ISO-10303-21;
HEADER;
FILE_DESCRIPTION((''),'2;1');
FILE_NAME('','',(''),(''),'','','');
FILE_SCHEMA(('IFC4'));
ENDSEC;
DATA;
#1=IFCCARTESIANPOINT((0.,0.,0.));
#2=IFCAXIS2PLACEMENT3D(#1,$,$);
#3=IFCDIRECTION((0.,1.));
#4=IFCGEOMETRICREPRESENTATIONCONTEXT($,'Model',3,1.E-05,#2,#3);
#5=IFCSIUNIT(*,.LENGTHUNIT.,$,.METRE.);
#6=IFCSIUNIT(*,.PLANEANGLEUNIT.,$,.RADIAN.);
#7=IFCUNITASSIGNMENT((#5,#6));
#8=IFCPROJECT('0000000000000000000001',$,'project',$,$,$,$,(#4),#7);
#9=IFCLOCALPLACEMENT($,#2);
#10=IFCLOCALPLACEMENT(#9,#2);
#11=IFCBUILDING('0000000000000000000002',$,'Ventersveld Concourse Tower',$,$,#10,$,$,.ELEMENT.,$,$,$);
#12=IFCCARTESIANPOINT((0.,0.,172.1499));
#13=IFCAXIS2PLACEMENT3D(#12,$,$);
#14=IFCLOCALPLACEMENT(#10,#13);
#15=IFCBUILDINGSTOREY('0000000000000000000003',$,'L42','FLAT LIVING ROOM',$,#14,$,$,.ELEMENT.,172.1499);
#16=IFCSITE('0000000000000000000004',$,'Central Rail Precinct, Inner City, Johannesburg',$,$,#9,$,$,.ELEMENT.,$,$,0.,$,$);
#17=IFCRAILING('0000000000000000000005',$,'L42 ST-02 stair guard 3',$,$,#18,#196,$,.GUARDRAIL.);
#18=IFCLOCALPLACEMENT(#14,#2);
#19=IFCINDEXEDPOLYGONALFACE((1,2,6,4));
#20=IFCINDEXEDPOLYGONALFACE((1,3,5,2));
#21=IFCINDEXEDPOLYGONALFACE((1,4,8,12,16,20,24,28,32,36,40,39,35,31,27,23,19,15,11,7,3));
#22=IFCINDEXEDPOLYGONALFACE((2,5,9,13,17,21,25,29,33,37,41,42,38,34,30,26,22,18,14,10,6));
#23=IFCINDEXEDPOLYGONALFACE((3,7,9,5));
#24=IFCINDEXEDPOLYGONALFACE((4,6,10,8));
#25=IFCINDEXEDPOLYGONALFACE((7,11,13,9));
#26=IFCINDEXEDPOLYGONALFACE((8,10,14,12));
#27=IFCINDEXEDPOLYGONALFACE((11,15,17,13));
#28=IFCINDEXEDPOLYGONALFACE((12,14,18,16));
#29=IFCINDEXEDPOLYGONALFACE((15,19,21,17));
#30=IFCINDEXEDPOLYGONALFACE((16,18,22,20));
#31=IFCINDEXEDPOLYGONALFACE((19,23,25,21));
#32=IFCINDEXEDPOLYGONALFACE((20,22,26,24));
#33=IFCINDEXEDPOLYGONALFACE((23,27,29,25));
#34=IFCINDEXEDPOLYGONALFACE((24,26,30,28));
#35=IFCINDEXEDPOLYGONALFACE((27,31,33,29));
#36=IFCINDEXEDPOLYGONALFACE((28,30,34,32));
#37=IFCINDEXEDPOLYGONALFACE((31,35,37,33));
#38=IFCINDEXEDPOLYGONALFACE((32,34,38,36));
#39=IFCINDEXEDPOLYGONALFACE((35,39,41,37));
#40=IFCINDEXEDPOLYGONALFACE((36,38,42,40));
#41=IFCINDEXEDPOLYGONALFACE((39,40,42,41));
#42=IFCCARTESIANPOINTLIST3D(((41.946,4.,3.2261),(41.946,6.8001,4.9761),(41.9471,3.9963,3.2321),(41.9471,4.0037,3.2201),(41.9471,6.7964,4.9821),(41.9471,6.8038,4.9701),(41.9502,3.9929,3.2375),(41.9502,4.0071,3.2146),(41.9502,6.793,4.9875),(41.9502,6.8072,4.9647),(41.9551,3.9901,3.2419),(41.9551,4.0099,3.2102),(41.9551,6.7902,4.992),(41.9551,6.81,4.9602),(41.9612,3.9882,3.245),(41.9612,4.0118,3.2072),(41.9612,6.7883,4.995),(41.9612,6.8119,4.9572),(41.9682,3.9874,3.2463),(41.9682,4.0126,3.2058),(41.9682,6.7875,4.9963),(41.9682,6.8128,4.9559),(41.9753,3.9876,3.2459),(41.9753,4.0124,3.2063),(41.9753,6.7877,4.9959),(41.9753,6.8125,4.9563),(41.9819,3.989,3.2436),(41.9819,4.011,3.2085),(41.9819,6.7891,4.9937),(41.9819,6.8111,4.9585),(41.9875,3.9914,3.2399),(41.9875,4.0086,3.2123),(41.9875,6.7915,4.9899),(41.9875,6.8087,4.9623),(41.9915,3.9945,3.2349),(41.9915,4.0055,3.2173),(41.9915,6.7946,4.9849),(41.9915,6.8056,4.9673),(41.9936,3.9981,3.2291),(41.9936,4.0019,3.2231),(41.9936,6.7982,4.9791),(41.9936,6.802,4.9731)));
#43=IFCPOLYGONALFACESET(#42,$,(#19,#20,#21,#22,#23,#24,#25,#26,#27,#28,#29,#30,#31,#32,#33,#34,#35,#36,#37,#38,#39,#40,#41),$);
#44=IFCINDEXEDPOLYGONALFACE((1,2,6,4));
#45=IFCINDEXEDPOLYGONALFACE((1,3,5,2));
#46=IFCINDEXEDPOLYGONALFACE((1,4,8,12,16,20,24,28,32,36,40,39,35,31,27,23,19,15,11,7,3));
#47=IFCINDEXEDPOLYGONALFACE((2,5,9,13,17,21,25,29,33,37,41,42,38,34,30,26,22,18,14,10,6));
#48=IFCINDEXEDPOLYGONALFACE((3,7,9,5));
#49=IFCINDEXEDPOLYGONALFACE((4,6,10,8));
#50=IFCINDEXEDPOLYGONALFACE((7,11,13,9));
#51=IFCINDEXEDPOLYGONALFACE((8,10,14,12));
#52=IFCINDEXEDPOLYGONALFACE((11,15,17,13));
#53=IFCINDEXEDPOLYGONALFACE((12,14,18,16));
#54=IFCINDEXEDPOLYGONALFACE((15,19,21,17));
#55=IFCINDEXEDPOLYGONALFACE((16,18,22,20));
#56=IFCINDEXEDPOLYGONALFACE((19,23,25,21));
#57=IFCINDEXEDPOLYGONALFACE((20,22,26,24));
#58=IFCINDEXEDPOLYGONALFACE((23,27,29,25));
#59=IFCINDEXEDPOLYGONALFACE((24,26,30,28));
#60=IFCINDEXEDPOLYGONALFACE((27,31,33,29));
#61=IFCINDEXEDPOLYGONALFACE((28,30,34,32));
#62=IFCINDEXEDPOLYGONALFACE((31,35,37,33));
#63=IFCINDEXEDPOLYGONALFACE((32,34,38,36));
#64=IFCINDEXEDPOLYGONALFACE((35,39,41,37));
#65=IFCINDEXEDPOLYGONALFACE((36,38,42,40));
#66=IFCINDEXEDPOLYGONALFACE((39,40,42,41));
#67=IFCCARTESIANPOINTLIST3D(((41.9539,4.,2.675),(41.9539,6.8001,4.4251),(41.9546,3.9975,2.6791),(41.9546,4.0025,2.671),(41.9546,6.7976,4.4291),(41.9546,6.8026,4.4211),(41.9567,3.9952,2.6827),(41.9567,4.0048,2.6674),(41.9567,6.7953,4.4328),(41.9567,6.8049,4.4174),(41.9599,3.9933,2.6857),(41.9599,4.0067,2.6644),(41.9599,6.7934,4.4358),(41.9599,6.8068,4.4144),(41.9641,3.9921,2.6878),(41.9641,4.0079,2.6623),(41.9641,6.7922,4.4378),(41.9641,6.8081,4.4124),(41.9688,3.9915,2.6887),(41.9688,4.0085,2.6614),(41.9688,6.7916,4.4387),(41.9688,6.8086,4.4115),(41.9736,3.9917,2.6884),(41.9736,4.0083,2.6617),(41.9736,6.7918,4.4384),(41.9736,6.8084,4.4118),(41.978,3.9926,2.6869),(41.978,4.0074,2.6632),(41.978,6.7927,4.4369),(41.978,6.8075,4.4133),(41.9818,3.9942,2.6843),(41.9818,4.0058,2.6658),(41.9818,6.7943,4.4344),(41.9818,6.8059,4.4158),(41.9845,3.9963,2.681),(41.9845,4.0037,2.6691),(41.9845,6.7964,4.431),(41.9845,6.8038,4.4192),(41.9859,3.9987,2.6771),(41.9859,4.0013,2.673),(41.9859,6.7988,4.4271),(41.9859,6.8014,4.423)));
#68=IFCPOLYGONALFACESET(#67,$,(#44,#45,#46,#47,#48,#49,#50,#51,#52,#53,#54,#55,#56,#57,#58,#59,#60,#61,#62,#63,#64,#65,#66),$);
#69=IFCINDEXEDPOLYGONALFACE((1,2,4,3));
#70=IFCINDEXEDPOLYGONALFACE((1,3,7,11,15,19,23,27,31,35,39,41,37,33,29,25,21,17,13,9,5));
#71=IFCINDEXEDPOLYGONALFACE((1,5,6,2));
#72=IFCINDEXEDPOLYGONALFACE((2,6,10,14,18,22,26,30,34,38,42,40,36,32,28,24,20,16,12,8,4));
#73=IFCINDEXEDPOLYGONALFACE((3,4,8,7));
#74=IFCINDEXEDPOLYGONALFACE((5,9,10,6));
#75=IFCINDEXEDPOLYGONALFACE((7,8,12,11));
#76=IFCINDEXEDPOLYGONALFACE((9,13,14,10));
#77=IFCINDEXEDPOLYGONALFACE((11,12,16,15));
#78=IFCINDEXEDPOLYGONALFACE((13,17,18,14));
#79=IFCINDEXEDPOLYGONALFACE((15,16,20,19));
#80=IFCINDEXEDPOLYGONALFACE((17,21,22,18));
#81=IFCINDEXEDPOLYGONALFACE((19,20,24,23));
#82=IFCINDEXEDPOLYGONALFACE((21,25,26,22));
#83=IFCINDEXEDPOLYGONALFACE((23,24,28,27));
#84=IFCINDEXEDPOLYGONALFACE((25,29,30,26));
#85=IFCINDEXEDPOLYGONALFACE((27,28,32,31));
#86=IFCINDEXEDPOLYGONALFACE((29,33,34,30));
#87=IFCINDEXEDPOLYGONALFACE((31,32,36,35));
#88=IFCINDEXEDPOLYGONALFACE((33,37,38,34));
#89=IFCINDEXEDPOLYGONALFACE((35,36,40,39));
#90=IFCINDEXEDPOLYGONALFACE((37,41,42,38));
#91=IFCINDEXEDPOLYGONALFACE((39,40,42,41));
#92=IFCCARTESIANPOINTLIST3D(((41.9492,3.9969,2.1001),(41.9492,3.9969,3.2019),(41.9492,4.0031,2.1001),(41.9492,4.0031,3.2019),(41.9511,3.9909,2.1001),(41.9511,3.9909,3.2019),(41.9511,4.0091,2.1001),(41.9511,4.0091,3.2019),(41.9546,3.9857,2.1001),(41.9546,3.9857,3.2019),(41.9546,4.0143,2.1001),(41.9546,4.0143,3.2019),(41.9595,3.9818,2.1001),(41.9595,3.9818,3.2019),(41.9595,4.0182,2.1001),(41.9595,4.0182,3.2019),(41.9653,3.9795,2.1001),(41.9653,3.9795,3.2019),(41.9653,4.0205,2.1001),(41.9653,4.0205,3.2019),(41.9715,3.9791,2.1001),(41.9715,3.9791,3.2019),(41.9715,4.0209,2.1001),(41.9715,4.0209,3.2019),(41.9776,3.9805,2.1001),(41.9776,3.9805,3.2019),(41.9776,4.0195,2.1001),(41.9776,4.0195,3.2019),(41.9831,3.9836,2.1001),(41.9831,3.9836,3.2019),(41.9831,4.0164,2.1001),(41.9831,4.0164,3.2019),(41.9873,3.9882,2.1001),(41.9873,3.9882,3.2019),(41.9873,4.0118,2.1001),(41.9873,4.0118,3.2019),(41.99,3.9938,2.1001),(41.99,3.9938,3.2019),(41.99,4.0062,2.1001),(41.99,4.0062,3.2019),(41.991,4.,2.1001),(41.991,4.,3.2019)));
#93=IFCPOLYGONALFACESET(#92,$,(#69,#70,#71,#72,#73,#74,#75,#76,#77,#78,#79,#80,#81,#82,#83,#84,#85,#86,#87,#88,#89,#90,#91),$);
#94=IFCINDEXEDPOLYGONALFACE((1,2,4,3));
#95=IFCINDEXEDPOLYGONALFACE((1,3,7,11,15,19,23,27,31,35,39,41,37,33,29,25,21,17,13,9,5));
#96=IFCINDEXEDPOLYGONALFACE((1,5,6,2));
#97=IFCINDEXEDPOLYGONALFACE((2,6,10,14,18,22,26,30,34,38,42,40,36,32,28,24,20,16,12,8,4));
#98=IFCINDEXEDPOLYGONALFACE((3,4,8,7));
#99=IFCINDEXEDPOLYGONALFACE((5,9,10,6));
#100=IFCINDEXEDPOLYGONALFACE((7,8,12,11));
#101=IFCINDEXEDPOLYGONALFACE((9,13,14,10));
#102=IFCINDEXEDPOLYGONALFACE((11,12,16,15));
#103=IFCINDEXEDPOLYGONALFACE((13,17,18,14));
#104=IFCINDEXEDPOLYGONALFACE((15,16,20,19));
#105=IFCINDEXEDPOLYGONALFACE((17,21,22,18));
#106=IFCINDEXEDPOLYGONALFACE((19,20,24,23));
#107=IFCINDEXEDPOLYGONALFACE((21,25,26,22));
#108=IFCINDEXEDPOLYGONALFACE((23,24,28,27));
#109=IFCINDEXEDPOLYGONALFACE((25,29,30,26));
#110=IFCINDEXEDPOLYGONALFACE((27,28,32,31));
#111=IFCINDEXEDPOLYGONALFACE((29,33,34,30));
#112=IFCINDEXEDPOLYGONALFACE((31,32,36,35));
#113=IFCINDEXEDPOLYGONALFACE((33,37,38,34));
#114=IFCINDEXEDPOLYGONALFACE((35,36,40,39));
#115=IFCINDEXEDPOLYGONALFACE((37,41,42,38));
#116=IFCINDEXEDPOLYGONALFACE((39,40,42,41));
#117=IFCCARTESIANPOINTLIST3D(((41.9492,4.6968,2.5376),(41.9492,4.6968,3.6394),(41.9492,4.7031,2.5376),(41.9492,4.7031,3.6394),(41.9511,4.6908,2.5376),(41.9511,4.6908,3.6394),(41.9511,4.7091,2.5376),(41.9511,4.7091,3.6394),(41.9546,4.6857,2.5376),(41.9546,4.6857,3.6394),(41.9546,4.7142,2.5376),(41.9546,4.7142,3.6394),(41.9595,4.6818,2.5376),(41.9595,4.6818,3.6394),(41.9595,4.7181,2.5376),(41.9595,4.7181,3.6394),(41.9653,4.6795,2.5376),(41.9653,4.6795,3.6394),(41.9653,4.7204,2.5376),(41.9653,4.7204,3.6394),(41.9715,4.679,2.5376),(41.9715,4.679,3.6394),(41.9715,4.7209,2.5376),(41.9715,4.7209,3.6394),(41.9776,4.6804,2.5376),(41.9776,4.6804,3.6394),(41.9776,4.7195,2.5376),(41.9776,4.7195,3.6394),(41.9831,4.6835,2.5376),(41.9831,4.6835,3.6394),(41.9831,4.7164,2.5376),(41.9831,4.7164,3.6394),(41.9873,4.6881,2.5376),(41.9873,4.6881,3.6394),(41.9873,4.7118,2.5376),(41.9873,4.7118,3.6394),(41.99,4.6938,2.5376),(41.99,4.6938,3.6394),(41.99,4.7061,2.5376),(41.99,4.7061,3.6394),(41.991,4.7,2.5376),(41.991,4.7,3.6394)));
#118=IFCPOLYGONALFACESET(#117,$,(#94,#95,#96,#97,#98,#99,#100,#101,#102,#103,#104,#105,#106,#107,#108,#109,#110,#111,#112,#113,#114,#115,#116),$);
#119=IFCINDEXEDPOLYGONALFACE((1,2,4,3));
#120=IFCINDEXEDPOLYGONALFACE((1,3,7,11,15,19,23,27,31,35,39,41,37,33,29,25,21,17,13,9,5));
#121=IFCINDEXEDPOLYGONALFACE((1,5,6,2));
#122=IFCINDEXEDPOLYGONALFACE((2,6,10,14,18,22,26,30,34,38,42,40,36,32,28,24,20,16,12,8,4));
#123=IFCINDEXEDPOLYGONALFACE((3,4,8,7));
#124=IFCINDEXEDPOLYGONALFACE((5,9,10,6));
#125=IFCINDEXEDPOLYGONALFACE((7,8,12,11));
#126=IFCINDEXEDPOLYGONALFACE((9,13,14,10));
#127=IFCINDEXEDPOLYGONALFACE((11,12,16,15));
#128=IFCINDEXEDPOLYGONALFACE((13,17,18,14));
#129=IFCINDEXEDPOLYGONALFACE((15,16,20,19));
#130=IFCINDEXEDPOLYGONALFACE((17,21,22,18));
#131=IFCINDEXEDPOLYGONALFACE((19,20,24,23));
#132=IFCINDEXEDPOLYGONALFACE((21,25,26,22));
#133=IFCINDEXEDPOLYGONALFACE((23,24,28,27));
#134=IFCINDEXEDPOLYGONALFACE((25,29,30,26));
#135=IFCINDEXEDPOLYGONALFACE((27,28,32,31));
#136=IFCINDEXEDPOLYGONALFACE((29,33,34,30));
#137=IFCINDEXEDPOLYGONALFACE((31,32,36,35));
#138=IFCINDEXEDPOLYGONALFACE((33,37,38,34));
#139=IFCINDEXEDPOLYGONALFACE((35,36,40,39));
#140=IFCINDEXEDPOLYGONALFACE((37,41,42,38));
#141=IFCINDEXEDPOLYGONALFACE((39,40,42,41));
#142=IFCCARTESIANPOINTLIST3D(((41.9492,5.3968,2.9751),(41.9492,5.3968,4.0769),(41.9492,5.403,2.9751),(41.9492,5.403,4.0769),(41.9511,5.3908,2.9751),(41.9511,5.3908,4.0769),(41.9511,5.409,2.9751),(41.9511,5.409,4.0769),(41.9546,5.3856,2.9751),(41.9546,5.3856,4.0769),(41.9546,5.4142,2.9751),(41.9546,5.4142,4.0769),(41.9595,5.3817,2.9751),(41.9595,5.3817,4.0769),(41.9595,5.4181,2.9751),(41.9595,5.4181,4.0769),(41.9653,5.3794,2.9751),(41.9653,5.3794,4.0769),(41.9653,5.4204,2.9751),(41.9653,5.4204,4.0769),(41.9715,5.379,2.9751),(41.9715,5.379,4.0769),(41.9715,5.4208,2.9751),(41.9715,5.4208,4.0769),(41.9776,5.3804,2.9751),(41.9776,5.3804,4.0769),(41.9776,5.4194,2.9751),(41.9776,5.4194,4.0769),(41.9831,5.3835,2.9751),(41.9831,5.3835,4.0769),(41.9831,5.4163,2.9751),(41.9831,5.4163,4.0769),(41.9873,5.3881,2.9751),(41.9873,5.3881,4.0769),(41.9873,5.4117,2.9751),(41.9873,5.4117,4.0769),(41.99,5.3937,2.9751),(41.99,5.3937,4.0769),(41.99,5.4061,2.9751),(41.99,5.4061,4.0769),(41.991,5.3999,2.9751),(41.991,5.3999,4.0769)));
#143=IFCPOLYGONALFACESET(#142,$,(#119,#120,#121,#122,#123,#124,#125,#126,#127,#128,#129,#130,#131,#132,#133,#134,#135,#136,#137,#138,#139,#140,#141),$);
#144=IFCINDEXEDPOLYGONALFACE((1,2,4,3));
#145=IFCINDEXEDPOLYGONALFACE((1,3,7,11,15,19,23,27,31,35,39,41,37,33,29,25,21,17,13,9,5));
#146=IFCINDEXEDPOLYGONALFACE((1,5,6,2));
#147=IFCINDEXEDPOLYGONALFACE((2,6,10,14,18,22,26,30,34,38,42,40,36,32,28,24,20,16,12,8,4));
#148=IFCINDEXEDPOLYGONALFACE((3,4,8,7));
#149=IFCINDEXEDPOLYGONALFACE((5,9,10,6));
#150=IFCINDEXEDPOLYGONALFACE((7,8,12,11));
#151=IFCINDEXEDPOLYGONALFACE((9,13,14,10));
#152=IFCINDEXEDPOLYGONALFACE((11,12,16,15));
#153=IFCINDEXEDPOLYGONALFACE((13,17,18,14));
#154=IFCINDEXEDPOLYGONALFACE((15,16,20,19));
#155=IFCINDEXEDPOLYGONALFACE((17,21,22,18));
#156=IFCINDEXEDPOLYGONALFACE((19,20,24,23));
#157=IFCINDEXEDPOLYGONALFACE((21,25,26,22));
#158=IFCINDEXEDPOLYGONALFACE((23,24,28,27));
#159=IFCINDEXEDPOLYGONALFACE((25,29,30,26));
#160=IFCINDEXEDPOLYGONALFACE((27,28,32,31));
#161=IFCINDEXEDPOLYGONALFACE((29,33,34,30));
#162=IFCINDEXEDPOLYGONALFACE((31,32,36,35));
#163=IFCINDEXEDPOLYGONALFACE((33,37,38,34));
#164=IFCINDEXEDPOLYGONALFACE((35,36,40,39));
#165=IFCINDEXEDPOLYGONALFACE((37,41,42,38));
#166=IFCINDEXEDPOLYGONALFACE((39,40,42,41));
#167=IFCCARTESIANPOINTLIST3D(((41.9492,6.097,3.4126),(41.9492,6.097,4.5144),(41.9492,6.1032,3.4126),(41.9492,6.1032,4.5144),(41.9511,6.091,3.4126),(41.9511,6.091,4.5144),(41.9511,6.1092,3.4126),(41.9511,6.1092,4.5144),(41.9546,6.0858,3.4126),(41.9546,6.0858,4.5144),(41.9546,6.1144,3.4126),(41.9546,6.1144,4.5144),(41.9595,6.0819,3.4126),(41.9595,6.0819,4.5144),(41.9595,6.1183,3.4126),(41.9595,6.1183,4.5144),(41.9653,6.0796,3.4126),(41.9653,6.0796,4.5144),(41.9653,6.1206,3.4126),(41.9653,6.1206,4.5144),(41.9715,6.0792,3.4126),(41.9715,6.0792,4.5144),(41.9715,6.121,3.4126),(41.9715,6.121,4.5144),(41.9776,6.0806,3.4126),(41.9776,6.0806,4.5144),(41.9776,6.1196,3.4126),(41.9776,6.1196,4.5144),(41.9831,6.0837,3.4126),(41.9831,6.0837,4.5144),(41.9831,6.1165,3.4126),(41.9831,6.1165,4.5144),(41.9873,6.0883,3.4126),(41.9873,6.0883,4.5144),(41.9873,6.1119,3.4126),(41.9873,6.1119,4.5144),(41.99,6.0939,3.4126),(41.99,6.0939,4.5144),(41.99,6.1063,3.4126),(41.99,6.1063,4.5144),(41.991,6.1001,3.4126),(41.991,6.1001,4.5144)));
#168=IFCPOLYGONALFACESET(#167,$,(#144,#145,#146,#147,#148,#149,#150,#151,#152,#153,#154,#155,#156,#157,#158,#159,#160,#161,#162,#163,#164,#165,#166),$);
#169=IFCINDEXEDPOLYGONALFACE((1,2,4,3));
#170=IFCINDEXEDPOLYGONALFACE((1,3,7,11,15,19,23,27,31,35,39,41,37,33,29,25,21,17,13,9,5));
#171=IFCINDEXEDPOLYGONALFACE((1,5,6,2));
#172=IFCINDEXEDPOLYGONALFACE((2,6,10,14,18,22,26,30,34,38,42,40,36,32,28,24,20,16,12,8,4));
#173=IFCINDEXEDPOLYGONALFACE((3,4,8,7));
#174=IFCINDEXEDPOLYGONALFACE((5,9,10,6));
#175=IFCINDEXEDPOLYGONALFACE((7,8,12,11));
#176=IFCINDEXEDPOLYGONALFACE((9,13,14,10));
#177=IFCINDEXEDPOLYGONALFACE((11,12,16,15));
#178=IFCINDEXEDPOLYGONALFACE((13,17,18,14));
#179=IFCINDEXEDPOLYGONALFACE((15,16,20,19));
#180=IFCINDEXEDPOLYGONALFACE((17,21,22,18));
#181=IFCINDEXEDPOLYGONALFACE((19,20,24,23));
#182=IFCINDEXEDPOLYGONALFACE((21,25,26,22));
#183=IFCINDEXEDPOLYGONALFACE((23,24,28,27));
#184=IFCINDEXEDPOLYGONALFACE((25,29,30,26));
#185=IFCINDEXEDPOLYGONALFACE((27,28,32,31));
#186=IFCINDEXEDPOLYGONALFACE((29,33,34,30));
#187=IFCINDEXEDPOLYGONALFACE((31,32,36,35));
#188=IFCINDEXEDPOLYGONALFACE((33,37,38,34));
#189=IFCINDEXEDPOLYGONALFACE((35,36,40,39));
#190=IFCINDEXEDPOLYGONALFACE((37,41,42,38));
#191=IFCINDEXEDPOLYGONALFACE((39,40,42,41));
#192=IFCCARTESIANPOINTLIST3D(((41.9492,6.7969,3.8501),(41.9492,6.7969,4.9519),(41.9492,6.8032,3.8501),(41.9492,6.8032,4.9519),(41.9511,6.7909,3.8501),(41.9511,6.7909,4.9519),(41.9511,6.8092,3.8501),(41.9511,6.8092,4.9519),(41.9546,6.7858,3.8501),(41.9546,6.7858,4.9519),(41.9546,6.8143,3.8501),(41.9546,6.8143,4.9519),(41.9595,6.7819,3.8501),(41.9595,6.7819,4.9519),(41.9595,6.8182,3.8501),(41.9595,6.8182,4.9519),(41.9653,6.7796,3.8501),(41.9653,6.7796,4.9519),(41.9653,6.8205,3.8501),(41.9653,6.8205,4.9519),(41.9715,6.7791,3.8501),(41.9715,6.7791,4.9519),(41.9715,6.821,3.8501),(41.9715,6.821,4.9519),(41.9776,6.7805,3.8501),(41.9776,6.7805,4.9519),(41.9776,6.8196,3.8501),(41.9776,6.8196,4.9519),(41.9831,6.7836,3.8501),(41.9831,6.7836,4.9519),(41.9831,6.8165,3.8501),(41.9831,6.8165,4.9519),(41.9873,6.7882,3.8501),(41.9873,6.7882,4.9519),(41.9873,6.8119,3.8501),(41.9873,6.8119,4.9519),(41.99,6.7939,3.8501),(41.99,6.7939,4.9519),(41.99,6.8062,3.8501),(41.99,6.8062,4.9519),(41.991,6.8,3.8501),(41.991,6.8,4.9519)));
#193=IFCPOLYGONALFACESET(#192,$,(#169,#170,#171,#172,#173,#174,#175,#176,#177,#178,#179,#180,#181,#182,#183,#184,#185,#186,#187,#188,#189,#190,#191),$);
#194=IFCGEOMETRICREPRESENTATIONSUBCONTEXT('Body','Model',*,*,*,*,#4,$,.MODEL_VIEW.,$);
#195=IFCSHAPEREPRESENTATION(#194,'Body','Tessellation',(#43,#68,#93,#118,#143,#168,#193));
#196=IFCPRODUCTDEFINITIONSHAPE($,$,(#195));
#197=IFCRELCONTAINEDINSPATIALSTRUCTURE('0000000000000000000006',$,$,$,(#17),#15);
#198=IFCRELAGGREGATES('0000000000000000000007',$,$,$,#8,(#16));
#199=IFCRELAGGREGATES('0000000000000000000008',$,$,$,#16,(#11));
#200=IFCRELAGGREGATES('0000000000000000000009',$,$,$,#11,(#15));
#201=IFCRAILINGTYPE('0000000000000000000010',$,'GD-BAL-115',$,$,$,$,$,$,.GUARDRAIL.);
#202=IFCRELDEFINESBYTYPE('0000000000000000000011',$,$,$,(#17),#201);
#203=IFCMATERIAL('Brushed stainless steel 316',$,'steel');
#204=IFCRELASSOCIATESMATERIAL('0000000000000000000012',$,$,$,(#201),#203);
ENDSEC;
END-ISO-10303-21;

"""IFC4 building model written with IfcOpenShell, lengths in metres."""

from ifc_helpers import new_model, si_unit, direction, frame, origin, origin_2d, place, context, subcontext, project, spatial, circle, extrude, material, type_object, element, save


model = new_model("IFC4")

# Units and contexts
model_context = context("Model", 3, precision=1e-05, world=origin(), true_north=direction((0.0, 1.0)))
body_context = subcontext(model_context, "Body", "Model", "MODEL_VIEW")
ifc_project = project(units=[si_unit("LENGTHUNIT", "METRE"), si_unit("PLANEANGLEUNIT", "RADIAN")], contexts=[model_context])

# Site, building, storey
site_placement = place(None, origin())
site = spatial("IfcSite", under=ifc_project, at=site_placement, Name="Central Rail Precinct, Inner City, Johannesburg", CompositionType="ELEMENT", RefElevation=0.0)
building_placement = place(site_placement, origin())
building = spatial("IfcBuilding", under=site, at=building_placement, Name="Ventersveld Concourse Tower", CompositionType="ELEMENT")
storey_placement = place(building_placement, frame((0.0, 0.0, 172.1499)))
storey = spatial("IfcBuildingStorey", under=building, at=storey_placement, Name="L42", Description="FLAT LIVING ROOM", CompositionType="ELEMENT", Elevation=172.1499)

# Railing
ifc_material_1 = material(Name="Brushed stainless steel 316", Category="steel")
railing_type_1 = type_object("IfcRailingType", Name="GD-BAL-115", PredefinedType="GUARDRAIL", material=ifc_material_1)
railing_1_placement = place(storey_placement, frame((41.97, 4.0, 2.1001)))
element("IfcRailing", 1, at=railing_1_placement, inside=storey, type_object=railing_type_1, Name="L42 ST-02 stair guard 3", PredefinedType="GUARDRAIL", context=body_context, shape_type="SweptSolid", body=[
    extrude(circle(Radius=0.0239, at=origin_2d()), frame((0.0, 0.0, 1.126), z_axis=(0.0, 0.848002, 0.529992), x_axis=(-1.0, 0.0, 0.0)), (0.0, 0.0, 1.0), 3.302),
    extrude(circle(Radius=0.0161, at=origin_2d()), frame((0.0, 0.0, 0.575), z_axis=(0.0, 0.848002, 0.529992), x_axis=(-1.0, 0.0, 0.0)), (0.0, 0.0, 1.0), 3.302),
    extrude(circle(Radius=0.021, at=origin_2d()), origin(), (0.0, 0.0, 1.0), 1.1018),
    extrude(circle(Radius=0.021, at=origin_2d()), frame((0.0, 0.7, 0.4375)), (0.0, 0.0, 1.0), 1.1018),
    extrude(circle(Radius=0.021, at=origin_2d()), frame((0.0, 1.3999, 0.875)), (0.0, 0.0, 1.0), 1.1018),
    extrude(circle(Radius=0.021, at=origin_2d()), frame((0.0, 2.1001, 1.3125)), (0.0, 0.0, 1.0), 1.1018),
    extrude(circle(Radius=0.021, at=origin_2d()), frame((0.0, 2.8, 1.75)), (0.0, 0.0, 1.0), 1.1018),
])

save(model, "model.ifc")
